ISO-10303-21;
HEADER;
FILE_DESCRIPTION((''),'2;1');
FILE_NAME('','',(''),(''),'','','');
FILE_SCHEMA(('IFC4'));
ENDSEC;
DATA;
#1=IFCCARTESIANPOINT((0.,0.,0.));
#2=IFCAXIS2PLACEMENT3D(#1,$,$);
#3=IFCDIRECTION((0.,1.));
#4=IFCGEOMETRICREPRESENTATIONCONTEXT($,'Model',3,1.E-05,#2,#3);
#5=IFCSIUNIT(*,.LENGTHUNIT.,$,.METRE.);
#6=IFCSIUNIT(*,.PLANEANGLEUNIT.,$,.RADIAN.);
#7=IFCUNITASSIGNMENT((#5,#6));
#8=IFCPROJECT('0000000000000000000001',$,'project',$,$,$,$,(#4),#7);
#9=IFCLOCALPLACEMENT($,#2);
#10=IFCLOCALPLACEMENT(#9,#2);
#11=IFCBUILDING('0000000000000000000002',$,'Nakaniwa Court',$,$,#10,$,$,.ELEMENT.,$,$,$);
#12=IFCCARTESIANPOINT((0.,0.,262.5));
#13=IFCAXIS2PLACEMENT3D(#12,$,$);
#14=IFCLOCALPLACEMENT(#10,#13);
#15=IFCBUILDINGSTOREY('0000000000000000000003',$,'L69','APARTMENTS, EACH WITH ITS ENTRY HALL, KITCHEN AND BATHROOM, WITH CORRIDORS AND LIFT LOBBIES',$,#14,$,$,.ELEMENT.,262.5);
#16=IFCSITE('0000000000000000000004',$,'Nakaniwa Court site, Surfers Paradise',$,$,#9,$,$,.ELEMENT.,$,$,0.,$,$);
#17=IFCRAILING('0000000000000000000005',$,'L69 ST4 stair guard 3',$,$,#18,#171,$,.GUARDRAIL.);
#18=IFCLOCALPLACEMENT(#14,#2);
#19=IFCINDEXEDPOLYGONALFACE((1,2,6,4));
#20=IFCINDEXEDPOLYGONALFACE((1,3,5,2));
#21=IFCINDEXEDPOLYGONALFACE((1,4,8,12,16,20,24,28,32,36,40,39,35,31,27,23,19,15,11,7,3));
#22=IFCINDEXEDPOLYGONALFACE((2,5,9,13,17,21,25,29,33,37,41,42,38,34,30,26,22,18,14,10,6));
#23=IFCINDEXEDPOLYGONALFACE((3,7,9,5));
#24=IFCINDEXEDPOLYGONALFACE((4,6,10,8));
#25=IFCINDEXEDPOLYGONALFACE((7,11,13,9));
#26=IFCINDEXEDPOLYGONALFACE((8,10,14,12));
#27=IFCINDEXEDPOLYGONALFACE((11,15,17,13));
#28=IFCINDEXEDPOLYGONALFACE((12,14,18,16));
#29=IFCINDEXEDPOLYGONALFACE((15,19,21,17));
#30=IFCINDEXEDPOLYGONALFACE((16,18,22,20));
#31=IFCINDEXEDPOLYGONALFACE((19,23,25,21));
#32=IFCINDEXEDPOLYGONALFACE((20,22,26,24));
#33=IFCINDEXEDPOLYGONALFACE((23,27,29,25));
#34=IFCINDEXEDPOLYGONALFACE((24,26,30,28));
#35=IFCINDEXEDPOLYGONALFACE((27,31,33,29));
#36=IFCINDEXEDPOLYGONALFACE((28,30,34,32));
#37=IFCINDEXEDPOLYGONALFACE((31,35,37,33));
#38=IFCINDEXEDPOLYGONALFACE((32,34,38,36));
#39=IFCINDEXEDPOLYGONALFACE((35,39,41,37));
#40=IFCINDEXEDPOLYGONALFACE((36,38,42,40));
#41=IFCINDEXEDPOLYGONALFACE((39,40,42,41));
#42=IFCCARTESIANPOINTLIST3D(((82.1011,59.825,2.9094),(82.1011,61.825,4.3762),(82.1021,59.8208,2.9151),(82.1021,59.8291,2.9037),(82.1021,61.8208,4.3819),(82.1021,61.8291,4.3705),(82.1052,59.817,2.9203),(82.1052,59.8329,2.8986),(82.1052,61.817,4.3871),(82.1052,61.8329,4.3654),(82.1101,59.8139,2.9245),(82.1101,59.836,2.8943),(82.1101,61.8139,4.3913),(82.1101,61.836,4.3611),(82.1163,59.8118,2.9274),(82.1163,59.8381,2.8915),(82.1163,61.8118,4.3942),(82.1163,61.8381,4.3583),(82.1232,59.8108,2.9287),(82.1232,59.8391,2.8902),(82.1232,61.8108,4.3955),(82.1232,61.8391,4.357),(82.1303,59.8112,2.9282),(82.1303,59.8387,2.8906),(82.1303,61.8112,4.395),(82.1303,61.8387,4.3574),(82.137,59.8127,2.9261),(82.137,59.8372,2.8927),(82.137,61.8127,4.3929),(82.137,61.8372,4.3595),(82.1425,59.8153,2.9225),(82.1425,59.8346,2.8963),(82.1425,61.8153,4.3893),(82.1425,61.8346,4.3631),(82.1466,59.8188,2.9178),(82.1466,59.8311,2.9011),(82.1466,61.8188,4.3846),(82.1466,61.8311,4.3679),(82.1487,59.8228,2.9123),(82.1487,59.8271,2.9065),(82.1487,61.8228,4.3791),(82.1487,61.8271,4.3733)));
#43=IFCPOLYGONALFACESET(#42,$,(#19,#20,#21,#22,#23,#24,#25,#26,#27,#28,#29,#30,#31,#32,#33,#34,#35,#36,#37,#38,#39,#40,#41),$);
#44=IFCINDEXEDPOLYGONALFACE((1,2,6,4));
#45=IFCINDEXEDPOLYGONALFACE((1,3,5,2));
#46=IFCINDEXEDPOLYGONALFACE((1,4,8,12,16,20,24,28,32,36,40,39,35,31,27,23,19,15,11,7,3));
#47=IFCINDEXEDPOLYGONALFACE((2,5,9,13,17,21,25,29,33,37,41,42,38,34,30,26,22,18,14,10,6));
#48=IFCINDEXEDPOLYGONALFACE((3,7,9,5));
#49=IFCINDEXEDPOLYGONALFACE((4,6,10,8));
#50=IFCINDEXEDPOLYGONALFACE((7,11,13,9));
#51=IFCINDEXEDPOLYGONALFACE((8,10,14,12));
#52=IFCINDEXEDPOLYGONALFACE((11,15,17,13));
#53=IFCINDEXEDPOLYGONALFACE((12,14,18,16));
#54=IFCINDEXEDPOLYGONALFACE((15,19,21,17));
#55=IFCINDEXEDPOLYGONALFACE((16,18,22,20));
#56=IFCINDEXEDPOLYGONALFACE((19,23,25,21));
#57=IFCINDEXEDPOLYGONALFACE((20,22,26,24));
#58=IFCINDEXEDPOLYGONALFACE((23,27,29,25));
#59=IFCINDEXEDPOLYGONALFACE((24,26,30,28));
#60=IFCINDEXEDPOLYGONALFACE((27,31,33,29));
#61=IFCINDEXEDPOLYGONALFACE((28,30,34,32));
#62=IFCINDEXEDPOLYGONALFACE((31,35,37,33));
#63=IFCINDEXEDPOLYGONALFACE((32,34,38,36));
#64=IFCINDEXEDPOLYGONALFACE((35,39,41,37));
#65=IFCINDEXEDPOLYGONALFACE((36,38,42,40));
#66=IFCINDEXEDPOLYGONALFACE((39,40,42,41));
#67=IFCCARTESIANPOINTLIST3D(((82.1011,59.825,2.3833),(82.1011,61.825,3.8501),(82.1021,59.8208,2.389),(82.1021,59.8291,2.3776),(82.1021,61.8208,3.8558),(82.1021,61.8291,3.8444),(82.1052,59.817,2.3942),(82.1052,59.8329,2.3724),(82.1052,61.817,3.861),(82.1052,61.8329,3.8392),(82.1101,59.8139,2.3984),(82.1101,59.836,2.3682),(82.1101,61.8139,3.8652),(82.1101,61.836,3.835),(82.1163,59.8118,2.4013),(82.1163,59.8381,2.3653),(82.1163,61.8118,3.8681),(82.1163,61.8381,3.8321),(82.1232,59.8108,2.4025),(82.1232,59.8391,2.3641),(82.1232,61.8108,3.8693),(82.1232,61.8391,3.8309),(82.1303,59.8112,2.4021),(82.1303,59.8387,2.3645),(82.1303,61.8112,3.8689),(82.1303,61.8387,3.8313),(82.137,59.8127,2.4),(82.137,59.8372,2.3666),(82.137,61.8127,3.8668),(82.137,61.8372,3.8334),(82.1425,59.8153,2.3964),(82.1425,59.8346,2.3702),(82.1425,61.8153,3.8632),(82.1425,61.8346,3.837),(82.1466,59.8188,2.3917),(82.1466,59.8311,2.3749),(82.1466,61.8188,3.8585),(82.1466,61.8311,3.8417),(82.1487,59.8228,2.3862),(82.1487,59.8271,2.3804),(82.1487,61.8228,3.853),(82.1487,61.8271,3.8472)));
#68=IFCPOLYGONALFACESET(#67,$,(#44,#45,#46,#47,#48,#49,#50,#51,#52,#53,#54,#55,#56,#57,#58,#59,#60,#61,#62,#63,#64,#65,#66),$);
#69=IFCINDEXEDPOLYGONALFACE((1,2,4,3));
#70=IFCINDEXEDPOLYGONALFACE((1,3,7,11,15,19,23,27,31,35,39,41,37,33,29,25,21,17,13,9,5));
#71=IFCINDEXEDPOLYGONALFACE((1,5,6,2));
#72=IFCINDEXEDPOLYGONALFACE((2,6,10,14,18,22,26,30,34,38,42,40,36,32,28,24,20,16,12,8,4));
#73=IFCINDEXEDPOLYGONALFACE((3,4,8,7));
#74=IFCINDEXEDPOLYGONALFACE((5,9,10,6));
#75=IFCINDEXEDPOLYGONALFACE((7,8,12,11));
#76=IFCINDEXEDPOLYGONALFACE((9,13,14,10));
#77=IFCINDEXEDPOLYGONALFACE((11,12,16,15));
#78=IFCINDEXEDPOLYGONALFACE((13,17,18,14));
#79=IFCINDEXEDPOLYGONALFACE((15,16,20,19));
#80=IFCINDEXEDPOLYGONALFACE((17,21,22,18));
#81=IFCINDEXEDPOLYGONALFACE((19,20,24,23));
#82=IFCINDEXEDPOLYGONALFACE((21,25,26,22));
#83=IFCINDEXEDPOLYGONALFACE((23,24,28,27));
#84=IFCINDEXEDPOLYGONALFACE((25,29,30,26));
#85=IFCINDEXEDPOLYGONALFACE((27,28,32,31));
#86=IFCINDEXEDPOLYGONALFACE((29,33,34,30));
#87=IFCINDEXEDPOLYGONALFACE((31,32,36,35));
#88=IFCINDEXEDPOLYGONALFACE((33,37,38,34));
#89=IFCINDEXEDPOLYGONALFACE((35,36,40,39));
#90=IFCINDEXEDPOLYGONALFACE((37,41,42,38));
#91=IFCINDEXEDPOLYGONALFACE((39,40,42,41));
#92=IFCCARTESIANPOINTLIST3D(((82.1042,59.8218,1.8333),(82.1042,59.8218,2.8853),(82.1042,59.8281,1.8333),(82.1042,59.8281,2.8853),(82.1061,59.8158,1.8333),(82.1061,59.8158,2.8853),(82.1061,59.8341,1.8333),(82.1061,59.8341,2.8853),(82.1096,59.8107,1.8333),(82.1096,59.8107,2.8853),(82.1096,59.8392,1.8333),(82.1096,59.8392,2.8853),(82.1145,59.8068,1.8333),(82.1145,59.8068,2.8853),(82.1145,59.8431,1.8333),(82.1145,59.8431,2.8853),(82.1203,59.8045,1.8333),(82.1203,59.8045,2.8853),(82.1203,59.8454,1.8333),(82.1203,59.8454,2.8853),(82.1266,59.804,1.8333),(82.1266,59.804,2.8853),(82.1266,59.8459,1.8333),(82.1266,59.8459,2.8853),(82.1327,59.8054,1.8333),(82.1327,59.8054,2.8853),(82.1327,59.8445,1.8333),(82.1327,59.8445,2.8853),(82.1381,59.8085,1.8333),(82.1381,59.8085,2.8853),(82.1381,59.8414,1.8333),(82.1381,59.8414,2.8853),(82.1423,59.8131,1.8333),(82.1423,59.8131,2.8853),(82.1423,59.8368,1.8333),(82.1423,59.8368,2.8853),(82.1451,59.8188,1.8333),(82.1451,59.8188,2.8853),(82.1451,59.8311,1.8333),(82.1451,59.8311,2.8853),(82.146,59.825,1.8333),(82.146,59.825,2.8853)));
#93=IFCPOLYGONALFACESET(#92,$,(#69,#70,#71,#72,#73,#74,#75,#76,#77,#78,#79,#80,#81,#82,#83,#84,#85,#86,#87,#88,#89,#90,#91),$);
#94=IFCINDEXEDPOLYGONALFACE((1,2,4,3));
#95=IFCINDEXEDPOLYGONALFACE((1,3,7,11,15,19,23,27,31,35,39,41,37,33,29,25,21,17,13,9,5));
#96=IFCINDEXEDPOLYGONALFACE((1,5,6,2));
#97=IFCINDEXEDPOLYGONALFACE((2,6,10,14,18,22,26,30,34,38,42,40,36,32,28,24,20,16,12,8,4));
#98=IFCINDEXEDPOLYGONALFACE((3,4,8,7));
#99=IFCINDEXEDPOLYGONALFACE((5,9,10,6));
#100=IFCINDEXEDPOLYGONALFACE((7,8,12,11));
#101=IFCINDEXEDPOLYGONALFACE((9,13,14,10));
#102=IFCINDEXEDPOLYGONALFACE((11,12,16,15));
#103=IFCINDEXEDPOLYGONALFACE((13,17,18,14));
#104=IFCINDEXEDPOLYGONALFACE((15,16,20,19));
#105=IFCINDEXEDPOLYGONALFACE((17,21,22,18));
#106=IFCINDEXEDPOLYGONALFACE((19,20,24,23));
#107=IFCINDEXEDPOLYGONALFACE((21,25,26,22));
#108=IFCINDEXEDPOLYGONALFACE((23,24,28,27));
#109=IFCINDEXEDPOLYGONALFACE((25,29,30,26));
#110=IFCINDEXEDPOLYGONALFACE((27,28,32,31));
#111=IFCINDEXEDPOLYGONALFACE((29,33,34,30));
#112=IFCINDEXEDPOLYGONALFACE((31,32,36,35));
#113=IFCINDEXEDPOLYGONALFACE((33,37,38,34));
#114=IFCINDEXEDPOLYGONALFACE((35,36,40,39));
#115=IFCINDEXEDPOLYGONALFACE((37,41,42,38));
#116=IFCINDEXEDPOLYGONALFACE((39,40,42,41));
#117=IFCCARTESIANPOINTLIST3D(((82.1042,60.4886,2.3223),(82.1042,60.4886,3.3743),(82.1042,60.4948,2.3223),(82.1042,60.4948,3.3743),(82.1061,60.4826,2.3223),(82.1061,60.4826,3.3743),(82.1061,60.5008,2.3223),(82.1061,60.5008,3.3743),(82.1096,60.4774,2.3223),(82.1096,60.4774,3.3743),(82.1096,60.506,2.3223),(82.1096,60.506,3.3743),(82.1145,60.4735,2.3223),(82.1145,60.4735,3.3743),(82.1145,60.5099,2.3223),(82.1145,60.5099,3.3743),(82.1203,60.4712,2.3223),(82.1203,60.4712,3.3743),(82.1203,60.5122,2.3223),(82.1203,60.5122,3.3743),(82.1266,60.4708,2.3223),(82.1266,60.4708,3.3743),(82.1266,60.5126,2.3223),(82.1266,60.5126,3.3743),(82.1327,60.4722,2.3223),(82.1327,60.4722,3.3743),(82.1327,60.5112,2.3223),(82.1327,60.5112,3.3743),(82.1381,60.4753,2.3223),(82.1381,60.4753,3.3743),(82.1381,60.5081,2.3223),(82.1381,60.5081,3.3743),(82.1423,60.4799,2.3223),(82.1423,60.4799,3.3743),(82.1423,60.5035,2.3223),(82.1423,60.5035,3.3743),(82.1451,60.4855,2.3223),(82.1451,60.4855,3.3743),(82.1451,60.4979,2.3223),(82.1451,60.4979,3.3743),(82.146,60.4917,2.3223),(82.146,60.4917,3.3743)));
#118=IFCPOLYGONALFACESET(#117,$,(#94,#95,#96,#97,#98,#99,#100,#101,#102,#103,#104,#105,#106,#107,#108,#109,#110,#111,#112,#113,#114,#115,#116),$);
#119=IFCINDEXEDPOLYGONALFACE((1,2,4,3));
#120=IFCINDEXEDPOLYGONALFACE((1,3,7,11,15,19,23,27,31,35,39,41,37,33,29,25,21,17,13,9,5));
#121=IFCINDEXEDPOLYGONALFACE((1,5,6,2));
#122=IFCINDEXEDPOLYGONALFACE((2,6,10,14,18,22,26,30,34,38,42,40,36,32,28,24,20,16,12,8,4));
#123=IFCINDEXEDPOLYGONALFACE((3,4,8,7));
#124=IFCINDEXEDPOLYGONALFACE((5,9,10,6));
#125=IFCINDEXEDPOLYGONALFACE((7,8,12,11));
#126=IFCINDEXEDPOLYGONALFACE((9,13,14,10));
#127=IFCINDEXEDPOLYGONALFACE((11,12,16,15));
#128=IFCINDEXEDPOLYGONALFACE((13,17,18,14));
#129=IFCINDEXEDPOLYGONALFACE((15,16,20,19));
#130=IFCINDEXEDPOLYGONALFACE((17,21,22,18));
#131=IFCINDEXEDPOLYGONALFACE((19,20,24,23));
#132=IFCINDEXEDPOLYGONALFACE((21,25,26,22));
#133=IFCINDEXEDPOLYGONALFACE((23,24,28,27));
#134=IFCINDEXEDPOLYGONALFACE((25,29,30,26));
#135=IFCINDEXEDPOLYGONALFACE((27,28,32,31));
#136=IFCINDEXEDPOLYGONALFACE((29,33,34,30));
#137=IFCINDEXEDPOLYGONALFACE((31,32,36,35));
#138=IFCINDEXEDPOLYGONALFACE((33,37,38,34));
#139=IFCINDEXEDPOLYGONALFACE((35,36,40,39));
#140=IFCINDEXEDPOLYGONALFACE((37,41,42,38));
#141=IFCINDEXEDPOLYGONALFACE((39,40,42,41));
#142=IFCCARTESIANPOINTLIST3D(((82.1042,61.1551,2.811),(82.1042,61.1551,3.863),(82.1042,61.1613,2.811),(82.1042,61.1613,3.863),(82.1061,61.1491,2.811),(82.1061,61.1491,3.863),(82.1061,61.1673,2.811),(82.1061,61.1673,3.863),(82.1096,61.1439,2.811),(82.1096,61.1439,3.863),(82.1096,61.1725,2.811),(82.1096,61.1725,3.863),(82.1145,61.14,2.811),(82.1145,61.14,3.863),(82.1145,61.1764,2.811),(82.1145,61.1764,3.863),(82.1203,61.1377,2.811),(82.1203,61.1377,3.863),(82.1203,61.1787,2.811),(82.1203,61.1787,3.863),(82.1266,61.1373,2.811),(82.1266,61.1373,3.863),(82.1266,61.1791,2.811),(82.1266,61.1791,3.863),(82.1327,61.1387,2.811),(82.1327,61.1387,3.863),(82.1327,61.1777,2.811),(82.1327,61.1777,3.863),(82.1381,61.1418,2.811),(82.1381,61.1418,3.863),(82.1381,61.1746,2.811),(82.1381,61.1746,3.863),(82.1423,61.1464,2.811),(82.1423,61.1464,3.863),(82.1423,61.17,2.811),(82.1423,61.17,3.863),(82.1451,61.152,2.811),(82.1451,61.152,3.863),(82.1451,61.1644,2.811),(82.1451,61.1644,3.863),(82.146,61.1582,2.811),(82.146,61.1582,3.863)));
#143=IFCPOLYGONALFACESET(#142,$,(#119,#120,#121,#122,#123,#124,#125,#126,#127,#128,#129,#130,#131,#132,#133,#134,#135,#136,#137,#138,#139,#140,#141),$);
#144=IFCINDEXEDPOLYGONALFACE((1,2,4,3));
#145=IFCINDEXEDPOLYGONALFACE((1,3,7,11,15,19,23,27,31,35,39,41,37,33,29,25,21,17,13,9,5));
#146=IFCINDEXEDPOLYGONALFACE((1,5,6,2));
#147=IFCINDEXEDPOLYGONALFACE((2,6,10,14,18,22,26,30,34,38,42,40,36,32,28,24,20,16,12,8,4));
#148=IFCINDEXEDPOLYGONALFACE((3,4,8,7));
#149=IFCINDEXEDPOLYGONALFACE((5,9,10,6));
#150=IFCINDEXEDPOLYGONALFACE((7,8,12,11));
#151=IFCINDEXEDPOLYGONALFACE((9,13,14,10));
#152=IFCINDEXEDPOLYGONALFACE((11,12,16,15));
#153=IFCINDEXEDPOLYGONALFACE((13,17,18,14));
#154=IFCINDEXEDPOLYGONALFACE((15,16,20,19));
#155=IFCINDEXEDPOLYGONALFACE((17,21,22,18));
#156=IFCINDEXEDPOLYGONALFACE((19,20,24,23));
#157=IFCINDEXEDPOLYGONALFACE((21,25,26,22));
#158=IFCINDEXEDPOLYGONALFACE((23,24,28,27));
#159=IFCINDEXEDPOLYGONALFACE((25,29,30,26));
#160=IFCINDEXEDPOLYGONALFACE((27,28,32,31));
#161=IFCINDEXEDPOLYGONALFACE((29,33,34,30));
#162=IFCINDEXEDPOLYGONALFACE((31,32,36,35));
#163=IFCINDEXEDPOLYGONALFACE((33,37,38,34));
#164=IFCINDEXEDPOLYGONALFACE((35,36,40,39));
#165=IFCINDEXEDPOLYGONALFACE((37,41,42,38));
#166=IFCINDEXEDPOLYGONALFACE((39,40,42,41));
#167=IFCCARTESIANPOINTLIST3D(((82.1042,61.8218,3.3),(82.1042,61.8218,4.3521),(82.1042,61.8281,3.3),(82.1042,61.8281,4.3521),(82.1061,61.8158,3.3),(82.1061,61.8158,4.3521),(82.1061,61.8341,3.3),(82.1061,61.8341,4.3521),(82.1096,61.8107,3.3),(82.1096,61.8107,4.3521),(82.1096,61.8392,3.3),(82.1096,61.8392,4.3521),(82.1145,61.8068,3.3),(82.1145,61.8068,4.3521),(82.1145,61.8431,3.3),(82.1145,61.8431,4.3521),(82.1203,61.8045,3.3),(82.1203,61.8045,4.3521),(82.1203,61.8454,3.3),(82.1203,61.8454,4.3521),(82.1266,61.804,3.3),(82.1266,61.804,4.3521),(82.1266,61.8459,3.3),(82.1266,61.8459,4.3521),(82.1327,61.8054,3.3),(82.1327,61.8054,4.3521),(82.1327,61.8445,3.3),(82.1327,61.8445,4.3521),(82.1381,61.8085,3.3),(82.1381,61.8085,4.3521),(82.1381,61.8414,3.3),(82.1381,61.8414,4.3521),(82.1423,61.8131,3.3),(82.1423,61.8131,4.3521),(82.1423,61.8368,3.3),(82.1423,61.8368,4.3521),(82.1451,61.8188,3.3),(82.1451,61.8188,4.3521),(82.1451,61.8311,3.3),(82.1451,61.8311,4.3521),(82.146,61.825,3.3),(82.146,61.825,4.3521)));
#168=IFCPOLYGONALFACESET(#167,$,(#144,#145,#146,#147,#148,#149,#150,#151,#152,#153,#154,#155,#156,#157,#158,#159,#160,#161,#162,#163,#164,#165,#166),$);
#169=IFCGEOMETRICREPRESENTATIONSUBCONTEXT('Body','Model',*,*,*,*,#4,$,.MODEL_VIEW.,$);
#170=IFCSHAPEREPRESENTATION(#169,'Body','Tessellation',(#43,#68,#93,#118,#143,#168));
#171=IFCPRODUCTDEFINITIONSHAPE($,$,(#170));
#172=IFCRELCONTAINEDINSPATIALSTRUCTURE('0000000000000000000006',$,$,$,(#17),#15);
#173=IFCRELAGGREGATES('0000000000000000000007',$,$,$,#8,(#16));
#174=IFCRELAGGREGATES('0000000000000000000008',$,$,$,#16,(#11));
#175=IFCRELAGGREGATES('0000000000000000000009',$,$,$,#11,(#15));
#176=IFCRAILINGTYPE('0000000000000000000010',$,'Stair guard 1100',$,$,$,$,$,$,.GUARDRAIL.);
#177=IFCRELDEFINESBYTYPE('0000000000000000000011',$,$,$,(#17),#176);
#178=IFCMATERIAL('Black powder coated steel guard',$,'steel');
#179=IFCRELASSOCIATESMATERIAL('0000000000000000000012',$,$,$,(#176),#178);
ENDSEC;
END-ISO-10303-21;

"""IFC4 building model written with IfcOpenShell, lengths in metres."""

from ifc_helpers import new_model, si_unit, direction, frame, origin, origin_2d, place, context, subcontext, project, spatial, circle, extrude, material, type_object, element, save


model = new_model("IFC4")

# Units and contexts
model_context = context("Model", 3, precision=1e-05, world=origin(), true_north=direction((0.0, 1.0)))
body_context = subcontext(model_context, "Body", "Model", "MODEL_VIEW")
ifc_project = project(units=[si_unit("LENGTHUNIT", "METRE"), si_unit("PLANEANGLEUNIT", "RADIAN")], contexts=[model_context])

# Site, building, storey
site_placement = place(None, origin())
site = spatial("IfcSite", under=ifc_project, at=site_placement, Name="Nakaniwa Court site, Surfers Paradise", CompositionType="ELEMENT", RefElevation=0.0)
building_placement = place(site_placement, origin())
building = spatial("IfcBuilding", under=site, at=building_placement, Name="Nakaniwa Court", CompositionType="ELEMENT")
storey_placement = place(building_placement, frame((0.0, 0.0, 262.5)))
storey = spatial("IfcBuildingStorey", under=building, at=storey_placement, Name="L69", Description="APARTMENTS, EACH WITH ITS ENTRY HALL, KITCHEN AND BATHROOM, WITH CORRIDORS AND LIFT LOBBIES", CompositionType="ELEMENT", Elevation=262.5)

# Railing
ifc_material_1 = material(Name="Black powder coated steel guard", Category="steel")
railing_type_1 = type_object("IfcRailingType", Name="Stair guard 1100", PredefinedType="GUARDRAIL", material=ifc_material_1)
railing_1_placement = place(storey_placement, frame((82.125, 59.825, 1.8333)))
element("IfcRailing", 1, at=railing_1_placement, inside=storey, type_object=railing_type_1, Name="L69 ST4 stair guard 3", PredefinedType="GUARDRAIL", context=body_context, shape_type="SweptSolid", body=[
    extrude(circle(Radius=0.0239, at=origin_2d()), frame((0.0, 0.0, 1.0762), z_axis=(0.0, 0.80638, 0.591398), x_axis=(-1.0, 0.0, 0.0)), (0.0, 0.0, 1.0), 2.4802),
    extrude(circle(Radius=0.0239, at=origin_2d()), frame((0.0, 0.0, 0.55), z_axis=(0.0, 0.80638, 0.591398), x_axis=(-1.0, 0.0, 0.0)), (0.0, 0.0, 1.0), 2.4802),
    extrude(circle(Radius=0.021, at=origin_2d()), origin(), (0.0, 0.0, 1.0), 1.052),
    extrude(circle(Radius=0.021, at=origin_2d()), frame((0.0, 0.6667, 0.489)), (0.0, 0.0, 1.0), 1.052),
    extrude(circle(Radius=0.021, at=origin_2d()), frame((0.0, 1.3333, 0.9778)), (0.0, 0.0, 1.0), 1.052),
    extrude(circle(Radius=0.021, at=origin_2d()), frame((0.0, 2.0, 1.4668)), (0.0, 0.0, 1.0), 1.052),
])

save(model, "model.ifc")
